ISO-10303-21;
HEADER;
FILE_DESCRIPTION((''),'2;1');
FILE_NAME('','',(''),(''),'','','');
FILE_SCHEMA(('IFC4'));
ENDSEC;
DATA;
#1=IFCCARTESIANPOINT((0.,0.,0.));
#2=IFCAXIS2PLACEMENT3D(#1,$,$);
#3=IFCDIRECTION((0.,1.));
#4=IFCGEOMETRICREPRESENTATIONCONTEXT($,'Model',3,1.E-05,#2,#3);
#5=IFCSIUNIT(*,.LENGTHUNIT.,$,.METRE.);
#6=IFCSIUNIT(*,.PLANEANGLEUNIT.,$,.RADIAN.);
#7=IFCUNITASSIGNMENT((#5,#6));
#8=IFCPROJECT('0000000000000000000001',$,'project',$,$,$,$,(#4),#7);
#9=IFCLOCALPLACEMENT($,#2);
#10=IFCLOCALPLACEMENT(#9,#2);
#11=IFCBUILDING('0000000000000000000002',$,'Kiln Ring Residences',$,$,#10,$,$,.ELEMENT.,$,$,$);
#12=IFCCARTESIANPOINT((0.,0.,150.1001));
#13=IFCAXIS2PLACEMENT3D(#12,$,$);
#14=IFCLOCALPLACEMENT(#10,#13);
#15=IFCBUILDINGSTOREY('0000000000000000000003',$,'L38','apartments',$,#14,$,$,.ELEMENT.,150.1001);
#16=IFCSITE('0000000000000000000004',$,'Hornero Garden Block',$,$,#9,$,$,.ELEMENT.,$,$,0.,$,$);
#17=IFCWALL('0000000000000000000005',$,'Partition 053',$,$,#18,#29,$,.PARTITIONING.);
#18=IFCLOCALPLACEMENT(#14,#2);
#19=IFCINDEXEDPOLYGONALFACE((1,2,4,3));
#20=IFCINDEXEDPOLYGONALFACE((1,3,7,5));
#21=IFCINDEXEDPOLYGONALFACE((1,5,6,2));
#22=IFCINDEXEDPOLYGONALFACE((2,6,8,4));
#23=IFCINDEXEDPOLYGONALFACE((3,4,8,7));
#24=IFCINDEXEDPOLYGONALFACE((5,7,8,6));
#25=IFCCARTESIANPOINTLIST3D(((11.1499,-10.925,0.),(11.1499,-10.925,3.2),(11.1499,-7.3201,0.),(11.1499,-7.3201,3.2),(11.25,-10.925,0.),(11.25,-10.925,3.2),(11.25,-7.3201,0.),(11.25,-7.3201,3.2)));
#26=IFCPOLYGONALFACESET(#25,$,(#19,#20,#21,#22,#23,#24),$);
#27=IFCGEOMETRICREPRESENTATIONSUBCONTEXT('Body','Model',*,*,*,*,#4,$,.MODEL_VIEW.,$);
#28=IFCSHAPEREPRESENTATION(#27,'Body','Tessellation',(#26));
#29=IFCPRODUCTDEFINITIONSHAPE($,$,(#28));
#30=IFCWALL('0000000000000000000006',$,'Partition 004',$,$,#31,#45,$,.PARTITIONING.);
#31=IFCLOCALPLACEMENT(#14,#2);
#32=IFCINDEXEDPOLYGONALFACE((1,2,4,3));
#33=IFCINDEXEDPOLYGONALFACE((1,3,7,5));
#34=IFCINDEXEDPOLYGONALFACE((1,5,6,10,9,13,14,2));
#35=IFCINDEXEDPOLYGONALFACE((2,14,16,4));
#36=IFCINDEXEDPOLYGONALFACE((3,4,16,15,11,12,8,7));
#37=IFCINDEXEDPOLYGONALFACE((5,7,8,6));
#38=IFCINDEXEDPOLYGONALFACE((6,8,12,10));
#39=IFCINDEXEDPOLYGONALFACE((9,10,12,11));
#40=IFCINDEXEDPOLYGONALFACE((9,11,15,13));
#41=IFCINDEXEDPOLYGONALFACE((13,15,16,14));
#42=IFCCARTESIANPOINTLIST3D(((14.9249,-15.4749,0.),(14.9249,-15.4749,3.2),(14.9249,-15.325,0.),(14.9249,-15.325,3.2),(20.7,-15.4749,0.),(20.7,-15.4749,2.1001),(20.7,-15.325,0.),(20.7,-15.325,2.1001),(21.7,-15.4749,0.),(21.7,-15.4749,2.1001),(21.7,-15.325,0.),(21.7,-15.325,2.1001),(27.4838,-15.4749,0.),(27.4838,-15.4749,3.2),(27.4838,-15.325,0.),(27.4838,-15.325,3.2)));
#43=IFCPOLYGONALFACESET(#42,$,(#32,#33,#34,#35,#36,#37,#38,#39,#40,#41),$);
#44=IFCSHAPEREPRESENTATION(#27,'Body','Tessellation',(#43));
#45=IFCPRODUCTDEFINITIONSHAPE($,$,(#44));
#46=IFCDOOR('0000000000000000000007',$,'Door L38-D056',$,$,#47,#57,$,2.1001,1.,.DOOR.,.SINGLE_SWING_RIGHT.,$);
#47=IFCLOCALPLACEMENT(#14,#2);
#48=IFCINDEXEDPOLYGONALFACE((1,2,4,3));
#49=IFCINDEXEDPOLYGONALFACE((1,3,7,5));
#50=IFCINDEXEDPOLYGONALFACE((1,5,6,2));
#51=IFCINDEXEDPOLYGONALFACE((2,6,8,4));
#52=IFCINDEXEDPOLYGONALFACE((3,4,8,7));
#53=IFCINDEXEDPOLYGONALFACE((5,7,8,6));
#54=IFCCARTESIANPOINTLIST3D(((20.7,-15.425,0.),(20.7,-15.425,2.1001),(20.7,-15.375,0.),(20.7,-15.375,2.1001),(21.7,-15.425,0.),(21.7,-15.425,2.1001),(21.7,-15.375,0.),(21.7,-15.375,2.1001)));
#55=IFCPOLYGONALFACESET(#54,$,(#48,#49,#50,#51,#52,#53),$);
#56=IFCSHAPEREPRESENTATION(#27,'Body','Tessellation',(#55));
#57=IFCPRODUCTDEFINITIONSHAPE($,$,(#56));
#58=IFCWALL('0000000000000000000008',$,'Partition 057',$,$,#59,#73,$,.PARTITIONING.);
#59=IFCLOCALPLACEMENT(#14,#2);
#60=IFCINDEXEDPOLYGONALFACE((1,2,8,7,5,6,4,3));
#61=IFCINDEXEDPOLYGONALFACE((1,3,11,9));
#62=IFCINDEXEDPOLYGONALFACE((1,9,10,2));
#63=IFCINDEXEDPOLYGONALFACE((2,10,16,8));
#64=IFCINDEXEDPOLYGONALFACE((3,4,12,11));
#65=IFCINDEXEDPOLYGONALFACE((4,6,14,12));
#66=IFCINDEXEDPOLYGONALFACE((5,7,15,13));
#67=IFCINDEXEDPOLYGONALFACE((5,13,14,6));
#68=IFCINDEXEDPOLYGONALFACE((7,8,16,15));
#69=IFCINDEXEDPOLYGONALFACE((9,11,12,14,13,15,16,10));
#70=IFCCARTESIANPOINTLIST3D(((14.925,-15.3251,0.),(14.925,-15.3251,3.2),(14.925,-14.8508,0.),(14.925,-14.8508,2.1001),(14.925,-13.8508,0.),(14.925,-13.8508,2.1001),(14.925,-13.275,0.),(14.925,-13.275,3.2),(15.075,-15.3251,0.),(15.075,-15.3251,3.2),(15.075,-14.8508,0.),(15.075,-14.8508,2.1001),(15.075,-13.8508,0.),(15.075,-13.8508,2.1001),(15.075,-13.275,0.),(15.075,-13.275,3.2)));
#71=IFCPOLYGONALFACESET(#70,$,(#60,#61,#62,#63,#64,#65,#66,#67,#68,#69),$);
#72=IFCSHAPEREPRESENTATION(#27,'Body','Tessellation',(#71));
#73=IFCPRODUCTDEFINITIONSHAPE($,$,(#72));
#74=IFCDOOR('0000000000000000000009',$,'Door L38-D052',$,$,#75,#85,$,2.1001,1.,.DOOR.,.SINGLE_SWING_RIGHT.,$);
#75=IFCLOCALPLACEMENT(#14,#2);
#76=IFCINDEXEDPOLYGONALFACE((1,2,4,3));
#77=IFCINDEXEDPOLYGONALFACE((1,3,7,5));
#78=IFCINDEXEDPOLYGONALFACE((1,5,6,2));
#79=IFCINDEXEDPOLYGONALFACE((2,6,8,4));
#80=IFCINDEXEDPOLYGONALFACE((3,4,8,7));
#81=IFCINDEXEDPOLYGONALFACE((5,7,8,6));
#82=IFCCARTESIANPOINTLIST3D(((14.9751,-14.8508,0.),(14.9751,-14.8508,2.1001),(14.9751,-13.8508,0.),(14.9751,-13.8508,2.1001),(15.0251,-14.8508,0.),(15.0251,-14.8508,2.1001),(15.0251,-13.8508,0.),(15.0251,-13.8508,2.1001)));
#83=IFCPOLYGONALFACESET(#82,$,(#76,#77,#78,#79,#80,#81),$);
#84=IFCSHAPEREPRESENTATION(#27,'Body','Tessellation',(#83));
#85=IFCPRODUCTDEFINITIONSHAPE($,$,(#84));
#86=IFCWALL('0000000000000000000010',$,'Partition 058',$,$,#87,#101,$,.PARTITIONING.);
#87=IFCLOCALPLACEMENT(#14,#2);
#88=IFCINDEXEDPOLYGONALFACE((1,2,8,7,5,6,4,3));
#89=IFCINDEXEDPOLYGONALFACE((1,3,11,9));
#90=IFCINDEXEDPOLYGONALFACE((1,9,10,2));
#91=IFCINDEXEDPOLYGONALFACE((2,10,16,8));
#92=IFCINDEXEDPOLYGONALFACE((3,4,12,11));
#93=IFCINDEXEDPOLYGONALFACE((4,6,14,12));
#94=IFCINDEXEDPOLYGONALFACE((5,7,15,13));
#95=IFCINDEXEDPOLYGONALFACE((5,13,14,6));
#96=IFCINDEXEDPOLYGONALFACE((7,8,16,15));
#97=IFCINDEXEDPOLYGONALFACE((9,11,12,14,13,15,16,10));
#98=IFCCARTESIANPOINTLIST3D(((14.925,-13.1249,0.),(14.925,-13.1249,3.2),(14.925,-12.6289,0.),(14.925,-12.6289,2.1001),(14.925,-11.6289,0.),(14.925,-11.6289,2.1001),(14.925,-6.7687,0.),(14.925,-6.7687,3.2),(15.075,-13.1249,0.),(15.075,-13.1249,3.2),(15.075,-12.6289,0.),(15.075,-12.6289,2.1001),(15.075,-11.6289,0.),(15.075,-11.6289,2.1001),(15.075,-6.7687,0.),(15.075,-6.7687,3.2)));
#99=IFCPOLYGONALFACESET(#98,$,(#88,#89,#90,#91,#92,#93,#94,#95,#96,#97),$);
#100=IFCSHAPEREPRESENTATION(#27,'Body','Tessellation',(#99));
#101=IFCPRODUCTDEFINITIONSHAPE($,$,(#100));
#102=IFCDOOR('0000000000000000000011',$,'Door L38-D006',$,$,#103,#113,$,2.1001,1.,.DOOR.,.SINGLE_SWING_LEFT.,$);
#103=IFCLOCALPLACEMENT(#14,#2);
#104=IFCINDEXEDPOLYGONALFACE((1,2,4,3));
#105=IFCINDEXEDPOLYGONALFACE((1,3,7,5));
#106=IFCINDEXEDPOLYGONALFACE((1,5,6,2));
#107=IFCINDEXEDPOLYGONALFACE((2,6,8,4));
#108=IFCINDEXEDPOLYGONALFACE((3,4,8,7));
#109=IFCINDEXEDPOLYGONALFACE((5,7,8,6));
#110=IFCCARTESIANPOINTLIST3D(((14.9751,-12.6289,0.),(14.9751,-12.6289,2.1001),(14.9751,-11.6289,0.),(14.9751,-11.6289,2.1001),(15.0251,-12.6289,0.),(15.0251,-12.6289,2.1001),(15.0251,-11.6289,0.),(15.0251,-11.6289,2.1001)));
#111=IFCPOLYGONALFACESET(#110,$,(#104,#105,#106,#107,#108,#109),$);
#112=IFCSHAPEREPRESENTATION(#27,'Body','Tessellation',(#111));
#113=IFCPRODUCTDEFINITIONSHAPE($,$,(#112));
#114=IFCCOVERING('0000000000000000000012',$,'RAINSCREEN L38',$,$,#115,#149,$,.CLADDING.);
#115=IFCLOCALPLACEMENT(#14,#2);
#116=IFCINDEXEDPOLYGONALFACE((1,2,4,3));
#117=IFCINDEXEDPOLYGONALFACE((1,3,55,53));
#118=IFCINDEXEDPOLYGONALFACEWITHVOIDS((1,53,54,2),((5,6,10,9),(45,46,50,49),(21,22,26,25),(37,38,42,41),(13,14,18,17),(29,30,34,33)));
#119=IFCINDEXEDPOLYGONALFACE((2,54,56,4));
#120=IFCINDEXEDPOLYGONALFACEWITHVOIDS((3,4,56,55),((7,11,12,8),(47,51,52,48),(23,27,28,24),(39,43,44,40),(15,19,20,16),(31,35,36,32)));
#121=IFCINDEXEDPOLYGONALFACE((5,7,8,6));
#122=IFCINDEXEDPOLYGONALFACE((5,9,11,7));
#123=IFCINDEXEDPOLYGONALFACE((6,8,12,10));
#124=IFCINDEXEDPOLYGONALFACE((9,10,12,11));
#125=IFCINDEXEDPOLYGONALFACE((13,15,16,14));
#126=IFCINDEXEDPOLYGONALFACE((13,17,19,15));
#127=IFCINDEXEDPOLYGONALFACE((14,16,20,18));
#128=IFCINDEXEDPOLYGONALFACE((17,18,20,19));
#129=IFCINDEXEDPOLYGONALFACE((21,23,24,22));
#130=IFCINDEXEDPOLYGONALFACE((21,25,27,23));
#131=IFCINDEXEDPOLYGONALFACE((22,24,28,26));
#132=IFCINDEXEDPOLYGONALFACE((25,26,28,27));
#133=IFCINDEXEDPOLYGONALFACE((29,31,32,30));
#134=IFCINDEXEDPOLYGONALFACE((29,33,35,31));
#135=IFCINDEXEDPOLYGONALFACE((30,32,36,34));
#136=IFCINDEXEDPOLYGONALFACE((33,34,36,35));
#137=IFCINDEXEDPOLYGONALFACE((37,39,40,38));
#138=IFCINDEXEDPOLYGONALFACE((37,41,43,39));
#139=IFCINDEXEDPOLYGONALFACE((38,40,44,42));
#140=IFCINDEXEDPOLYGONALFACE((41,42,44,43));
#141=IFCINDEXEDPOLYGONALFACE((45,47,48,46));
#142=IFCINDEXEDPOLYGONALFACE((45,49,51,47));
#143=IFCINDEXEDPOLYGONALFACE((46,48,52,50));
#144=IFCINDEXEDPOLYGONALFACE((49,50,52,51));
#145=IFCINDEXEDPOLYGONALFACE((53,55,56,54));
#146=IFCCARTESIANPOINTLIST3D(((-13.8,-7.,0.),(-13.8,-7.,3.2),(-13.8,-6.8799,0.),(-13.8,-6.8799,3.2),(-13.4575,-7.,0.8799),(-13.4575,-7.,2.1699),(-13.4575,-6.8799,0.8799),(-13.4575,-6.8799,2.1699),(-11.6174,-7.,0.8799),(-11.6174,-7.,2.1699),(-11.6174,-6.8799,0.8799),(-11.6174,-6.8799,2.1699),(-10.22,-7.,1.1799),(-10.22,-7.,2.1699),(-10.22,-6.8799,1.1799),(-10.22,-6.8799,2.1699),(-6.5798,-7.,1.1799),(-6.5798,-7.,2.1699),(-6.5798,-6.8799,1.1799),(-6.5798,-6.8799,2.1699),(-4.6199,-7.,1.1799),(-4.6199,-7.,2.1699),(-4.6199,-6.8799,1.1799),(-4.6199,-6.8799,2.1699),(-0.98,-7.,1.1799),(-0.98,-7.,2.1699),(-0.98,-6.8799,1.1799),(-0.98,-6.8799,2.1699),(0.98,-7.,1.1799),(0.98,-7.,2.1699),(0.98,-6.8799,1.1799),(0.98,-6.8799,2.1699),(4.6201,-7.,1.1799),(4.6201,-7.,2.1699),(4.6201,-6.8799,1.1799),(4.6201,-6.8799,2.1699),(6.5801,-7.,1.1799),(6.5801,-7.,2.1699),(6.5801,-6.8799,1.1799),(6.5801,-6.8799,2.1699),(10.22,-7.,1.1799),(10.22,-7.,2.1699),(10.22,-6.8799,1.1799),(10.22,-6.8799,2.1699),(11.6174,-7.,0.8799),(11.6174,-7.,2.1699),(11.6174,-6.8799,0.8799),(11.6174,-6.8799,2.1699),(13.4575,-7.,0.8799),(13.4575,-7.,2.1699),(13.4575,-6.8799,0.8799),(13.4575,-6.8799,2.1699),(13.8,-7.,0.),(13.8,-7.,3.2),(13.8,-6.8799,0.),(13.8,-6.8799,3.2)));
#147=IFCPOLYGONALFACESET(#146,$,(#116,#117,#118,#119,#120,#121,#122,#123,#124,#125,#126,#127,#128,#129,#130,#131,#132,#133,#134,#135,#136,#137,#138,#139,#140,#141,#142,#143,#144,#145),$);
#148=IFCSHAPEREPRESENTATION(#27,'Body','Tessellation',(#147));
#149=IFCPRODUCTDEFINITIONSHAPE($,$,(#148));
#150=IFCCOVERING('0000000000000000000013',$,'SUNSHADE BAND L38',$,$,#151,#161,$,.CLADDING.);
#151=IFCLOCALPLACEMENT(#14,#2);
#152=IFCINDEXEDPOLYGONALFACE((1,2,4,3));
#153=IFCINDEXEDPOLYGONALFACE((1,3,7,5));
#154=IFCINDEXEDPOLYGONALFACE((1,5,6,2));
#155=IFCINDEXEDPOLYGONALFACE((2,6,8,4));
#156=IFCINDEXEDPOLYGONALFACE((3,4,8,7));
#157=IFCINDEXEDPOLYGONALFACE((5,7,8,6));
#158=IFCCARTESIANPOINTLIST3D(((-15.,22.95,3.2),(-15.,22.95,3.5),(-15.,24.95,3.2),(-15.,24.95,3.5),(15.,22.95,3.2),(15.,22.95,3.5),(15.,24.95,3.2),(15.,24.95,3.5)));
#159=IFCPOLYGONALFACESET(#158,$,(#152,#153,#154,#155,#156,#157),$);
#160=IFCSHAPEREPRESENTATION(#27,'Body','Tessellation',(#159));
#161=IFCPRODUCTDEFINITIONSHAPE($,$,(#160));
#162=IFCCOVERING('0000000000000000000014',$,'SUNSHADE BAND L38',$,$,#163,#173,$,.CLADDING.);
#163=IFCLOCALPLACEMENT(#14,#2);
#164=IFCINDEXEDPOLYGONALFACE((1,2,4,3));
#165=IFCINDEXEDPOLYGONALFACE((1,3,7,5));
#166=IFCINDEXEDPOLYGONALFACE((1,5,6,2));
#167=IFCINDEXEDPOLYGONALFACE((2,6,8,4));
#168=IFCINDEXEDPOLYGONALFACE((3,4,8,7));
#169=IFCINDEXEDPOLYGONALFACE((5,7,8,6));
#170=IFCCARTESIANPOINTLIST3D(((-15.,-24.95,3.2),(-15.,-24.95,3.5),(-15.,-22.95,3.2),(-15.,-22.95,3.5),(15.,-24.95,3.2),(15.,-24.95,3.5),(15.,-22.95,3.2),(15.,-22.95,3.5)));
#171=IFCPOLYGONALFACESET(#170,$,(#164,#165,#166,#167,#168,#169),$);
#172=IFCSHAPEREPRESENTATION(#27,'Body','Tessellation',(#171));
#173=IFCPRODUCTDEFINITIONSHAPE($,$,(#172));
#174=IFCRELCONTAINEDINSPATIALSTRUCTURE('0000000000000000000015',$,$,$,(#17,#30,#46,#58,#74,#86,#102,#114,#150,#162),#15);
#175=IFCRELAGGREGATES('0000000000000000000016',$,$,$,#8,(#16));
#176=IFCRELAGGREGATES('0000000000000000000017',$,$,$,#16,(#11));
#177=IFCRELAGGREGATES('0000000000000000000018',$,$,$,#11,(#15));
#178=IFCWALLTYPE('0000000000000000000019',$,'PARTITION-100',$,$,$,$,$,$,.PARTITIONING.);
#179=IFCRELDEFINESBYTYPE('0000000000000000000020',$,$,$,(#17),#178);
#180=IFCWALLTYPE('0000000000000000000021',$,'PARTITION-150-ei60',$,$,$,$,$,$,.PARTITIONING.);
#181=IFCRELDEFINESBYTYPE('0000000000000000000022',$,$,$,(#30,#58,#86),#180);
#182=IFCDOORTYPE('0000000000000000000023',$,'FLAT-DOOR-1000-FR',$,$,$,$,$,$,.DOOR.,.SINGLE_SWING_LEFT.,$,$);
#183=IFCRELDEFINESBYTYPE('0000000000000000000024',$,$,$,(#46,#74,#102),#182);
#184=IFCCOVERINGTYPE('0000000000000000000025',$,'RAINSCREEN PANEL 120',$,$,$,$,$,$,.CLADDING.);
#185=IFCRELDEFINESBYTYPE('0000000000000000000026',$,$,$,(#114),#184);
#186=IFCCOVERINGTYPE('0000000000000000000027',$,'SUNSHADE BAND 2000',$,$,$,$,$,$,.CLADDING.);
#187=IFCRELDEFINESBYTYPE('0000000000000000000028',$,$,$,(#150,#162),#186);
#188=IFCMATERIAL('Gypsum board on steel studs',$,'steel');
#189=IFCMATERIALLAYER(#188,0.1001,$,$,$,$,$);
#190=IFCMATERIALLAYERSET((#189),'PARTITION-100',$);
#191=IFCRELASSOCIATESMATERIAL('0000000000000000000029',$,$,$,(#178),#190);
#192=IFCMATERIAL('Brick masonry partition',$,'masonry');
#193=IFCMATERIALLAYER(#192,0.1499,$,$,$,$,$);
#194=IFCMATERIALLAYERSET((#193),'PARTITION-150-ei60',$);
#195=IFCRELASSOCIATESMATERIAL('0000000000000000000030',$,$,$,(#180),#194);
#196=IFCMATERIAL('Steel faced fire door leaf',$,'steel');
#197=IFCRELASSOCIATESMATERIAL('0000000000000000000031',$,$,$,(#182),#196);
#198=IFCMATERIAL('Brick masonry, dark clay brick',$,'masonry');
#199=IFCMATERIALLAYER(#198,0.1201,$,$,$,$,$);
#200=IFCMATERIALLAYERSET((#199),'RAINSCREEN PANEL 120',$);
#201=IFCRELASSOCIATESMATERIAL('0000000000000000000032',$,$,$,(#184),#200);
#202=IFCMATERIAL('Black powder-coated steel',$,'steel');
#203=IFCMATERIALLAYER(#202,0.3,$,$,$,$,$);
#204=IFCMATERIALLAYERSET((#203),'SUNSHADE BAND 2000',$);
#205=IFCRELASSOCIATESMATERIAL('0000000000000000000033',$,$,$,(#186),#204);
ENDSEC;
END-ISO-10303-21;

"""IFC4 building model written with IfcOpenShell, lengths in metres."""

from ifc_helpers import new_model, si_unit, direction, frame, frame_2d, origin, place, context, subcontext, project, spatial, polyline, rectangle, outline, extrude, material, layer, layer_set, type_object, element, fill, save


model = new_model("IFC4")

# Units and contexts
model_context = context("Model", 3, precision=1e-05, world=origin(), true_north=direction((0.0, 1.0)))
body_context = subcontext(model_context, "Body", "Model", "MODEL_VIEW")
ifc_project = project(units=[si_unit("LENGTHUNIT", "METRE"), si_unit("PLANEANGLEUNIT", "RADIAN")], contexts=[model_context])

# Site, building, storey
site_placement = place(None, origin())
site = spatial("IfcSite", under=ifc_project, at=site_placement, Name="Hornero Garden Block", CompositionType="ELEMENT", RefElevation=0.0)
building_placement = place(site_placement, origin())
building = spatial("IfcBuilding", under=site, at=building_placement, Name="Kiln Ring Residences", CompositionType="ELEMENT")
storey_placement = place(building_placement, frame((0.0, 0.0, 150.1001)))
storey = spatial("IfcBuildingStorey", under=building, at=storey_placement, Name="L38", Description="apartments", CompositionType="ELEMENT", Elevation=150.1001)

# Wall
ifc_material_1 = material(Name="Gypsum board on steel studs", Category="steel")
ifc_layer_1 = layer(ifc_material_1, 0.1001)
ifc_layer_set_1 = layer_set([ifc_layer_1], Name="PARTITION-100")
wall_type_1 = type_object("IfcWallType", Name="PARTITION-100", PredefinedType="PARTITIONING", material=ifc_layer_set_1)
wall_1_placement = place(storey_placement, frame((11.2, -10.925, 0.0), z_axis=(0.0, 0.0, 1.0), x_axis=(0.0, 1.0, 0.0)))
element("IfcWall", 1, at=wall_1_placement, inside=storey, type_object=wall_type_1, Name="Partition 053", PredefinedType="PARTITIONING", context=body_context, shape_type="SweptSolid", body=[
    extrude(rectangle(XDim=3.605, YDim=0.1001, at=frame_2d((1.8025, 0.0))), origin(), (0.0, 0.0, 1.0), 3.2),
])

# Walls, openings, doors
ifc_material_2 = material(Name="Brick masonry partition", Category="masonry")
ifc_layer_2 = layer(ifc_material_2, 0.1499)
ifc_layer_set_2 = layer_set([ifc_layer_2], Name="PARTITION-150-ei60")
wall_type_2 = type_object("IfcWallType", Name="PARTITION-150-ei60", PredefinedType="PARTITIONING", material=ifc_layer_set_2)
wall_2_placement = place(storey_placement, frame((14.925, -15.3999, 0.0), z_axis=(0.0, 0.0, 1.0), x_axis=(1.0, 0.0, 0.0)))
wall_2 = element("IfcWall", 2, at=wall_2_placement, inside=storey, type_object=wall_type_2, Name="Partition 004", PredefinedType="PARTITIONING", context=body_context, shape_type="SweptSolid", body=[
    extrude(rectangle(XDim=12.5588, YDim=0.1499, at=frame_2d((6.2793, 0.0))), origin(), (0.0, 0.0, 1.0), 3.2),
])
opening_1_placement = place(wall_2_placement, frame((5.7749, 0.0, 0.0)))
opening_1 = element("IfcOpeningElement", 3, at=opening_1_placement, cuts=wall_2, PredefinedType="OPENING", context=body_context, shape_type="SweptSolid", body=[
    extrude(rectangle(XDim=1.0, YDim=2.1001, at=frame_2d((0.5, 1.05))), frame((0.0, 0.085, 0.0), z_axis=(0.0, -1.0, 0.0), x_axis=(1.0, 0.0, 0.0)), (0.0, 0.0, 1.0), 0.1699),
])
ifc_material_3 = material(Name="Steel faced fire door leaf", Category="steel")
door_type = type_object("IfcDoorType", Name="FLAT-DOOR-1000-FR", OperationType="SINGLE_SWING_LEFT", PredefinedType="DOOR", material=ifc_material_3)
door_1_placement = place(opening_1_placement, origin())
door_1 = element("IfcDoor", 4, at=door_1_placement, inside=storey, type_object=door_type, Name="Door L38-D056", OperationType="SINGLE_SWING_RIGHT", OverallHeight=2.1001, OverallWidth=1.0, PredefinedType="DOOR", context=body_context, shape_type="SweptSolid", body=[
    extrude(rectangle(XDim=1.0, YDim=2.1001, at=frame_2d((0.5, 1.05))), frame((0.0, 0.0249, 0.0), z_axis=(0.0, -1.0, 0.0), x_axis=(1.0, 0.0, 0.0)), (0.0, 0.0, 1.0), 0.05),
])
fill(opening_1, door_1)
wall_3_placement = place(storey_placement, frame((15.0, -15.325, 0.0), z_axis=(0.0, 0.0, 1.0), x_axis=(0.0, 1.0, 0.0)))
wall_3 = element("IfcWall", 5, at=wall_3_placement, inside=storey, type_object=wall_type_2, Name="Partition 057", PredefinedType="PARTITIONING", context=body_context, shape_type="SweptSolid", body=[
    extrude(rectangle(XDim=2.05, YDim=0.1499, at=frame_2d((1.0249, 0.0))), origin(), (0.0, 0.0, 1.0), 3.2),
])
opening_2_placement = place(wall_3_placement, frame((0.4741, 0.0, 0.0)))
opening_2 = element("IfcOpeningElement", 6, at=opening_2_placement, cuts=wall_3, PredefinedType="OPENING", context=body_context, shape_type="SweptSolid", body=[
    extrude(rectangle(XDim=1.0, YDim=2.1001, at=frame_2d((0.5, 1.05))), frame((0.0, 0.085, 0.0), z_axis=(0.0, -1.0, 0.0), x_axis=(1.0, 0.0, 0.0)), (0.0, 0.0, 1.0), 0.1699),
])
door_2_placement = place(opening_2_placement, origin())
door_2 = element("IfcDoor", 7, at=door_2_placement, inside=storey, type_object=door_type, Name="Door L38-D052", OperationType="SINGLE_SWING_RIGHT", OverallHeight=2.1001, OverallWidth=1.0, PredefinedType="DOOR", context=body_context, shape_type="SweptSolid", body=[
    extrude(rectangle(XDim=1.0, YDim=2.1001, at=frame_2d((0.5, 1.05))), frame((0.0, 0.0249, 0.0), z_axis=(0.0, -1.0, 0.0), x_axis=(1.0, 0.0, 0.0)), (0.0, 0.0, 1.0), 0.05),
])
fill(opening_2, door_2)
wall_4_placement = place(storey_placement, frame((15.0, -13.125, 0.0), z_axis=(0.0, 0.0, 1.0), x_axis=(0.0, 1.0, 0.0)))
wall_4 = element("IfcWall", 8, at=wall_4_placement, inside=storey, type_object=wall_type_2, Name="Partition 058", PredefinedType="PARTITIONING", context=body_context, shape_type="SweptSolid", body=[
    extrude(rectangle(XDim=6.3562, YDim=0.1499, at=frame_2d((3.1782, 0.0))), origin(), (0.0, 0.0, 1.0), 3.2),
])
opening_3_placement = place(wall_4_placement, frame((0.4961, 0.0, 0.0)))
opening_3 = element("IfcOpeningElement", 9, at=opening_3_placement, cuts=wall_4, PredefinedType="OPENING", context=body_context, shape_type="SweptSolid", body=[
    extrude(rectangle(XDim=1.0, YDim=2.1001, at=frame_2d((0.5, 1.05))), frame((0.0, 0.085, 0.0), z_axis=(0.0, -1.0, 0.0), x_axis=(1.0, 0.0, 0.0)), (0.0, 0.0, 1.0), 0.1699),
])
door_3_placement = place(opening_3_placement, origin())
door_3 = element("IfcDoor", 10, at=door_3_placement, inside=storey, type_object=door_type, Name="Door L38-D006", OperationType="SINGLE_SWING_LEFT", OverallHeight=2.1001, OverallWidth=1.0, PredefinedType="DOOR", context=body_context, shape_type="SweptSolid", body=[
    extrude(rectangle(XDim=1.0, YDim=2.1001, at=frame_2d((0.5, 1.05))), frame((0.0, 0.0249, 0.0), z_axis=(0.0, -1.0, 0.0), x_axis=(1.0, 0.0, 0.0)), (0.0, 0.0, 1.0), 0.05),
])
fill(opening_3, door_3)

# Coverings
ifc_material_4 = material(Name="Brick masonry, dark clay brick", Category="masonry")
ifc_layer_3 = layer(ifc_material_4, 0.1201)
ifc_layer_set_3 = layer_set([ifc_layer_3], Name="RAINSCREEN PANEL 120")
covering_type_1 = type_object("IfcCoveringType", Name="RAINSCREEN PANEL 120", PredefinedType="CLADDING", material=ifc_layer_set_3)
covering_1_placement = place(storey_placement, frame((13.8, -6.9399, 0.0), z_axis=(0.0, 0.0, 1.0), x_axis=(-1.0, 0.0, 0.0)))
element("IfcCovering", 11, at=covering_1_placement, inside=storey, type_object=covering_type_1, Name="RAINSCREEN L38", PredefinedType="CLADDING", context=body_context, shape_type="SweptSolid", body=[
    extrude(outline(polyline([(0.0, 0.0), (27.6001, 0.0), (27.6001, 3.2), (0.0, 3.2), (0.0, 0.0)]), holes=[polyline([(2.1826, 0.8799), (2.1826, 2.1699), (0.3425, 2.1699), (0.3425, 0.8799), (2.1826, 0.8799)]), polyline([(25.4175, 0.8799), (27.2576, 0.8799), (27.2576, 2.1699), (25.4175, 2.1699), (25.4175, 0.8799)]), polyline([(3.5801, 1.1799), (7.22, 1.1799), (7.22, 2.1699), (3.5801, 2.1699), (3.5801, 1.1799)]), polyline([(12.8201, 1.1799), (12.8201, 2.1699), (9.1799, 2.1699), (9.1799, 1.1799), (12.8201, 1.1799)]), polyline([(14.78, 1.1799), (18.4199, 1.1799), (18.4199, 2.1699), (14.78, 2.1699), (14.78, 1.1799)]), polyline([(20.3799, 1.1799), (24.02, 1.1799), (24.02, 2.1699), (20.3799, 2.1699), (20.3799, 1.1799)])]), frame((0.0, 0.0601, 0.0), z_axis=(0.0, -1.0, 0.0), x_axis=(1.0, 0.0, 0.0)), (0.0, 0.0, 1.0), 0.1201),
])
ifc_material_5 = material(Name="Black powder-coated steel", Category="steel")
ifc_layer_4 = layer(ifc_material_5, 0.3)
ifc_layer_set_4 = layer_set([ifc_layer_4], Name="SUNSHADE BAND 2000")
covering_type_2 = type_object("IfcCoveringType", Name="SUNSHADE BAND 2000", PredefinedType="CLADDING", material=ifc_layer_set_4)
placement = place(storey_placement, frame((0.0, 0.0, 3.2)))
element("IfcCovering", 12, at=placement, inside=storey, type_object=covering_type_2, Name="SUNSHADE BAND L38", PredefinedType="CLADDING", context=body_context, shape_type="SweptSolid", body=[
    extrude(outline(polyline([(15.0, 24.95), (-15.0, 24.95), (-15.0, 22.95), (15.0, 22.95), (15.0, 24.95)])), origin(), (0.0, 0.0, 1.0), 0.3),
])
element("IfcCovering", 13, at=placement, inside=storey, type_object=covering_type_2, Name="SUNSHADE BAND L38", PredefinedType="CLADDING", context=body_context, shape_type="SweptSolid", body=[
    extrude(outline(polyline([(-15.0, -24.95), (15.0, -24.95), (15.0, -22.95), (-15.0, -22.95), (-15.0, -24.95)])), origin(), (0.0, 0.0, 1.0), 0.3),
])

save(model, "model.ifc")
